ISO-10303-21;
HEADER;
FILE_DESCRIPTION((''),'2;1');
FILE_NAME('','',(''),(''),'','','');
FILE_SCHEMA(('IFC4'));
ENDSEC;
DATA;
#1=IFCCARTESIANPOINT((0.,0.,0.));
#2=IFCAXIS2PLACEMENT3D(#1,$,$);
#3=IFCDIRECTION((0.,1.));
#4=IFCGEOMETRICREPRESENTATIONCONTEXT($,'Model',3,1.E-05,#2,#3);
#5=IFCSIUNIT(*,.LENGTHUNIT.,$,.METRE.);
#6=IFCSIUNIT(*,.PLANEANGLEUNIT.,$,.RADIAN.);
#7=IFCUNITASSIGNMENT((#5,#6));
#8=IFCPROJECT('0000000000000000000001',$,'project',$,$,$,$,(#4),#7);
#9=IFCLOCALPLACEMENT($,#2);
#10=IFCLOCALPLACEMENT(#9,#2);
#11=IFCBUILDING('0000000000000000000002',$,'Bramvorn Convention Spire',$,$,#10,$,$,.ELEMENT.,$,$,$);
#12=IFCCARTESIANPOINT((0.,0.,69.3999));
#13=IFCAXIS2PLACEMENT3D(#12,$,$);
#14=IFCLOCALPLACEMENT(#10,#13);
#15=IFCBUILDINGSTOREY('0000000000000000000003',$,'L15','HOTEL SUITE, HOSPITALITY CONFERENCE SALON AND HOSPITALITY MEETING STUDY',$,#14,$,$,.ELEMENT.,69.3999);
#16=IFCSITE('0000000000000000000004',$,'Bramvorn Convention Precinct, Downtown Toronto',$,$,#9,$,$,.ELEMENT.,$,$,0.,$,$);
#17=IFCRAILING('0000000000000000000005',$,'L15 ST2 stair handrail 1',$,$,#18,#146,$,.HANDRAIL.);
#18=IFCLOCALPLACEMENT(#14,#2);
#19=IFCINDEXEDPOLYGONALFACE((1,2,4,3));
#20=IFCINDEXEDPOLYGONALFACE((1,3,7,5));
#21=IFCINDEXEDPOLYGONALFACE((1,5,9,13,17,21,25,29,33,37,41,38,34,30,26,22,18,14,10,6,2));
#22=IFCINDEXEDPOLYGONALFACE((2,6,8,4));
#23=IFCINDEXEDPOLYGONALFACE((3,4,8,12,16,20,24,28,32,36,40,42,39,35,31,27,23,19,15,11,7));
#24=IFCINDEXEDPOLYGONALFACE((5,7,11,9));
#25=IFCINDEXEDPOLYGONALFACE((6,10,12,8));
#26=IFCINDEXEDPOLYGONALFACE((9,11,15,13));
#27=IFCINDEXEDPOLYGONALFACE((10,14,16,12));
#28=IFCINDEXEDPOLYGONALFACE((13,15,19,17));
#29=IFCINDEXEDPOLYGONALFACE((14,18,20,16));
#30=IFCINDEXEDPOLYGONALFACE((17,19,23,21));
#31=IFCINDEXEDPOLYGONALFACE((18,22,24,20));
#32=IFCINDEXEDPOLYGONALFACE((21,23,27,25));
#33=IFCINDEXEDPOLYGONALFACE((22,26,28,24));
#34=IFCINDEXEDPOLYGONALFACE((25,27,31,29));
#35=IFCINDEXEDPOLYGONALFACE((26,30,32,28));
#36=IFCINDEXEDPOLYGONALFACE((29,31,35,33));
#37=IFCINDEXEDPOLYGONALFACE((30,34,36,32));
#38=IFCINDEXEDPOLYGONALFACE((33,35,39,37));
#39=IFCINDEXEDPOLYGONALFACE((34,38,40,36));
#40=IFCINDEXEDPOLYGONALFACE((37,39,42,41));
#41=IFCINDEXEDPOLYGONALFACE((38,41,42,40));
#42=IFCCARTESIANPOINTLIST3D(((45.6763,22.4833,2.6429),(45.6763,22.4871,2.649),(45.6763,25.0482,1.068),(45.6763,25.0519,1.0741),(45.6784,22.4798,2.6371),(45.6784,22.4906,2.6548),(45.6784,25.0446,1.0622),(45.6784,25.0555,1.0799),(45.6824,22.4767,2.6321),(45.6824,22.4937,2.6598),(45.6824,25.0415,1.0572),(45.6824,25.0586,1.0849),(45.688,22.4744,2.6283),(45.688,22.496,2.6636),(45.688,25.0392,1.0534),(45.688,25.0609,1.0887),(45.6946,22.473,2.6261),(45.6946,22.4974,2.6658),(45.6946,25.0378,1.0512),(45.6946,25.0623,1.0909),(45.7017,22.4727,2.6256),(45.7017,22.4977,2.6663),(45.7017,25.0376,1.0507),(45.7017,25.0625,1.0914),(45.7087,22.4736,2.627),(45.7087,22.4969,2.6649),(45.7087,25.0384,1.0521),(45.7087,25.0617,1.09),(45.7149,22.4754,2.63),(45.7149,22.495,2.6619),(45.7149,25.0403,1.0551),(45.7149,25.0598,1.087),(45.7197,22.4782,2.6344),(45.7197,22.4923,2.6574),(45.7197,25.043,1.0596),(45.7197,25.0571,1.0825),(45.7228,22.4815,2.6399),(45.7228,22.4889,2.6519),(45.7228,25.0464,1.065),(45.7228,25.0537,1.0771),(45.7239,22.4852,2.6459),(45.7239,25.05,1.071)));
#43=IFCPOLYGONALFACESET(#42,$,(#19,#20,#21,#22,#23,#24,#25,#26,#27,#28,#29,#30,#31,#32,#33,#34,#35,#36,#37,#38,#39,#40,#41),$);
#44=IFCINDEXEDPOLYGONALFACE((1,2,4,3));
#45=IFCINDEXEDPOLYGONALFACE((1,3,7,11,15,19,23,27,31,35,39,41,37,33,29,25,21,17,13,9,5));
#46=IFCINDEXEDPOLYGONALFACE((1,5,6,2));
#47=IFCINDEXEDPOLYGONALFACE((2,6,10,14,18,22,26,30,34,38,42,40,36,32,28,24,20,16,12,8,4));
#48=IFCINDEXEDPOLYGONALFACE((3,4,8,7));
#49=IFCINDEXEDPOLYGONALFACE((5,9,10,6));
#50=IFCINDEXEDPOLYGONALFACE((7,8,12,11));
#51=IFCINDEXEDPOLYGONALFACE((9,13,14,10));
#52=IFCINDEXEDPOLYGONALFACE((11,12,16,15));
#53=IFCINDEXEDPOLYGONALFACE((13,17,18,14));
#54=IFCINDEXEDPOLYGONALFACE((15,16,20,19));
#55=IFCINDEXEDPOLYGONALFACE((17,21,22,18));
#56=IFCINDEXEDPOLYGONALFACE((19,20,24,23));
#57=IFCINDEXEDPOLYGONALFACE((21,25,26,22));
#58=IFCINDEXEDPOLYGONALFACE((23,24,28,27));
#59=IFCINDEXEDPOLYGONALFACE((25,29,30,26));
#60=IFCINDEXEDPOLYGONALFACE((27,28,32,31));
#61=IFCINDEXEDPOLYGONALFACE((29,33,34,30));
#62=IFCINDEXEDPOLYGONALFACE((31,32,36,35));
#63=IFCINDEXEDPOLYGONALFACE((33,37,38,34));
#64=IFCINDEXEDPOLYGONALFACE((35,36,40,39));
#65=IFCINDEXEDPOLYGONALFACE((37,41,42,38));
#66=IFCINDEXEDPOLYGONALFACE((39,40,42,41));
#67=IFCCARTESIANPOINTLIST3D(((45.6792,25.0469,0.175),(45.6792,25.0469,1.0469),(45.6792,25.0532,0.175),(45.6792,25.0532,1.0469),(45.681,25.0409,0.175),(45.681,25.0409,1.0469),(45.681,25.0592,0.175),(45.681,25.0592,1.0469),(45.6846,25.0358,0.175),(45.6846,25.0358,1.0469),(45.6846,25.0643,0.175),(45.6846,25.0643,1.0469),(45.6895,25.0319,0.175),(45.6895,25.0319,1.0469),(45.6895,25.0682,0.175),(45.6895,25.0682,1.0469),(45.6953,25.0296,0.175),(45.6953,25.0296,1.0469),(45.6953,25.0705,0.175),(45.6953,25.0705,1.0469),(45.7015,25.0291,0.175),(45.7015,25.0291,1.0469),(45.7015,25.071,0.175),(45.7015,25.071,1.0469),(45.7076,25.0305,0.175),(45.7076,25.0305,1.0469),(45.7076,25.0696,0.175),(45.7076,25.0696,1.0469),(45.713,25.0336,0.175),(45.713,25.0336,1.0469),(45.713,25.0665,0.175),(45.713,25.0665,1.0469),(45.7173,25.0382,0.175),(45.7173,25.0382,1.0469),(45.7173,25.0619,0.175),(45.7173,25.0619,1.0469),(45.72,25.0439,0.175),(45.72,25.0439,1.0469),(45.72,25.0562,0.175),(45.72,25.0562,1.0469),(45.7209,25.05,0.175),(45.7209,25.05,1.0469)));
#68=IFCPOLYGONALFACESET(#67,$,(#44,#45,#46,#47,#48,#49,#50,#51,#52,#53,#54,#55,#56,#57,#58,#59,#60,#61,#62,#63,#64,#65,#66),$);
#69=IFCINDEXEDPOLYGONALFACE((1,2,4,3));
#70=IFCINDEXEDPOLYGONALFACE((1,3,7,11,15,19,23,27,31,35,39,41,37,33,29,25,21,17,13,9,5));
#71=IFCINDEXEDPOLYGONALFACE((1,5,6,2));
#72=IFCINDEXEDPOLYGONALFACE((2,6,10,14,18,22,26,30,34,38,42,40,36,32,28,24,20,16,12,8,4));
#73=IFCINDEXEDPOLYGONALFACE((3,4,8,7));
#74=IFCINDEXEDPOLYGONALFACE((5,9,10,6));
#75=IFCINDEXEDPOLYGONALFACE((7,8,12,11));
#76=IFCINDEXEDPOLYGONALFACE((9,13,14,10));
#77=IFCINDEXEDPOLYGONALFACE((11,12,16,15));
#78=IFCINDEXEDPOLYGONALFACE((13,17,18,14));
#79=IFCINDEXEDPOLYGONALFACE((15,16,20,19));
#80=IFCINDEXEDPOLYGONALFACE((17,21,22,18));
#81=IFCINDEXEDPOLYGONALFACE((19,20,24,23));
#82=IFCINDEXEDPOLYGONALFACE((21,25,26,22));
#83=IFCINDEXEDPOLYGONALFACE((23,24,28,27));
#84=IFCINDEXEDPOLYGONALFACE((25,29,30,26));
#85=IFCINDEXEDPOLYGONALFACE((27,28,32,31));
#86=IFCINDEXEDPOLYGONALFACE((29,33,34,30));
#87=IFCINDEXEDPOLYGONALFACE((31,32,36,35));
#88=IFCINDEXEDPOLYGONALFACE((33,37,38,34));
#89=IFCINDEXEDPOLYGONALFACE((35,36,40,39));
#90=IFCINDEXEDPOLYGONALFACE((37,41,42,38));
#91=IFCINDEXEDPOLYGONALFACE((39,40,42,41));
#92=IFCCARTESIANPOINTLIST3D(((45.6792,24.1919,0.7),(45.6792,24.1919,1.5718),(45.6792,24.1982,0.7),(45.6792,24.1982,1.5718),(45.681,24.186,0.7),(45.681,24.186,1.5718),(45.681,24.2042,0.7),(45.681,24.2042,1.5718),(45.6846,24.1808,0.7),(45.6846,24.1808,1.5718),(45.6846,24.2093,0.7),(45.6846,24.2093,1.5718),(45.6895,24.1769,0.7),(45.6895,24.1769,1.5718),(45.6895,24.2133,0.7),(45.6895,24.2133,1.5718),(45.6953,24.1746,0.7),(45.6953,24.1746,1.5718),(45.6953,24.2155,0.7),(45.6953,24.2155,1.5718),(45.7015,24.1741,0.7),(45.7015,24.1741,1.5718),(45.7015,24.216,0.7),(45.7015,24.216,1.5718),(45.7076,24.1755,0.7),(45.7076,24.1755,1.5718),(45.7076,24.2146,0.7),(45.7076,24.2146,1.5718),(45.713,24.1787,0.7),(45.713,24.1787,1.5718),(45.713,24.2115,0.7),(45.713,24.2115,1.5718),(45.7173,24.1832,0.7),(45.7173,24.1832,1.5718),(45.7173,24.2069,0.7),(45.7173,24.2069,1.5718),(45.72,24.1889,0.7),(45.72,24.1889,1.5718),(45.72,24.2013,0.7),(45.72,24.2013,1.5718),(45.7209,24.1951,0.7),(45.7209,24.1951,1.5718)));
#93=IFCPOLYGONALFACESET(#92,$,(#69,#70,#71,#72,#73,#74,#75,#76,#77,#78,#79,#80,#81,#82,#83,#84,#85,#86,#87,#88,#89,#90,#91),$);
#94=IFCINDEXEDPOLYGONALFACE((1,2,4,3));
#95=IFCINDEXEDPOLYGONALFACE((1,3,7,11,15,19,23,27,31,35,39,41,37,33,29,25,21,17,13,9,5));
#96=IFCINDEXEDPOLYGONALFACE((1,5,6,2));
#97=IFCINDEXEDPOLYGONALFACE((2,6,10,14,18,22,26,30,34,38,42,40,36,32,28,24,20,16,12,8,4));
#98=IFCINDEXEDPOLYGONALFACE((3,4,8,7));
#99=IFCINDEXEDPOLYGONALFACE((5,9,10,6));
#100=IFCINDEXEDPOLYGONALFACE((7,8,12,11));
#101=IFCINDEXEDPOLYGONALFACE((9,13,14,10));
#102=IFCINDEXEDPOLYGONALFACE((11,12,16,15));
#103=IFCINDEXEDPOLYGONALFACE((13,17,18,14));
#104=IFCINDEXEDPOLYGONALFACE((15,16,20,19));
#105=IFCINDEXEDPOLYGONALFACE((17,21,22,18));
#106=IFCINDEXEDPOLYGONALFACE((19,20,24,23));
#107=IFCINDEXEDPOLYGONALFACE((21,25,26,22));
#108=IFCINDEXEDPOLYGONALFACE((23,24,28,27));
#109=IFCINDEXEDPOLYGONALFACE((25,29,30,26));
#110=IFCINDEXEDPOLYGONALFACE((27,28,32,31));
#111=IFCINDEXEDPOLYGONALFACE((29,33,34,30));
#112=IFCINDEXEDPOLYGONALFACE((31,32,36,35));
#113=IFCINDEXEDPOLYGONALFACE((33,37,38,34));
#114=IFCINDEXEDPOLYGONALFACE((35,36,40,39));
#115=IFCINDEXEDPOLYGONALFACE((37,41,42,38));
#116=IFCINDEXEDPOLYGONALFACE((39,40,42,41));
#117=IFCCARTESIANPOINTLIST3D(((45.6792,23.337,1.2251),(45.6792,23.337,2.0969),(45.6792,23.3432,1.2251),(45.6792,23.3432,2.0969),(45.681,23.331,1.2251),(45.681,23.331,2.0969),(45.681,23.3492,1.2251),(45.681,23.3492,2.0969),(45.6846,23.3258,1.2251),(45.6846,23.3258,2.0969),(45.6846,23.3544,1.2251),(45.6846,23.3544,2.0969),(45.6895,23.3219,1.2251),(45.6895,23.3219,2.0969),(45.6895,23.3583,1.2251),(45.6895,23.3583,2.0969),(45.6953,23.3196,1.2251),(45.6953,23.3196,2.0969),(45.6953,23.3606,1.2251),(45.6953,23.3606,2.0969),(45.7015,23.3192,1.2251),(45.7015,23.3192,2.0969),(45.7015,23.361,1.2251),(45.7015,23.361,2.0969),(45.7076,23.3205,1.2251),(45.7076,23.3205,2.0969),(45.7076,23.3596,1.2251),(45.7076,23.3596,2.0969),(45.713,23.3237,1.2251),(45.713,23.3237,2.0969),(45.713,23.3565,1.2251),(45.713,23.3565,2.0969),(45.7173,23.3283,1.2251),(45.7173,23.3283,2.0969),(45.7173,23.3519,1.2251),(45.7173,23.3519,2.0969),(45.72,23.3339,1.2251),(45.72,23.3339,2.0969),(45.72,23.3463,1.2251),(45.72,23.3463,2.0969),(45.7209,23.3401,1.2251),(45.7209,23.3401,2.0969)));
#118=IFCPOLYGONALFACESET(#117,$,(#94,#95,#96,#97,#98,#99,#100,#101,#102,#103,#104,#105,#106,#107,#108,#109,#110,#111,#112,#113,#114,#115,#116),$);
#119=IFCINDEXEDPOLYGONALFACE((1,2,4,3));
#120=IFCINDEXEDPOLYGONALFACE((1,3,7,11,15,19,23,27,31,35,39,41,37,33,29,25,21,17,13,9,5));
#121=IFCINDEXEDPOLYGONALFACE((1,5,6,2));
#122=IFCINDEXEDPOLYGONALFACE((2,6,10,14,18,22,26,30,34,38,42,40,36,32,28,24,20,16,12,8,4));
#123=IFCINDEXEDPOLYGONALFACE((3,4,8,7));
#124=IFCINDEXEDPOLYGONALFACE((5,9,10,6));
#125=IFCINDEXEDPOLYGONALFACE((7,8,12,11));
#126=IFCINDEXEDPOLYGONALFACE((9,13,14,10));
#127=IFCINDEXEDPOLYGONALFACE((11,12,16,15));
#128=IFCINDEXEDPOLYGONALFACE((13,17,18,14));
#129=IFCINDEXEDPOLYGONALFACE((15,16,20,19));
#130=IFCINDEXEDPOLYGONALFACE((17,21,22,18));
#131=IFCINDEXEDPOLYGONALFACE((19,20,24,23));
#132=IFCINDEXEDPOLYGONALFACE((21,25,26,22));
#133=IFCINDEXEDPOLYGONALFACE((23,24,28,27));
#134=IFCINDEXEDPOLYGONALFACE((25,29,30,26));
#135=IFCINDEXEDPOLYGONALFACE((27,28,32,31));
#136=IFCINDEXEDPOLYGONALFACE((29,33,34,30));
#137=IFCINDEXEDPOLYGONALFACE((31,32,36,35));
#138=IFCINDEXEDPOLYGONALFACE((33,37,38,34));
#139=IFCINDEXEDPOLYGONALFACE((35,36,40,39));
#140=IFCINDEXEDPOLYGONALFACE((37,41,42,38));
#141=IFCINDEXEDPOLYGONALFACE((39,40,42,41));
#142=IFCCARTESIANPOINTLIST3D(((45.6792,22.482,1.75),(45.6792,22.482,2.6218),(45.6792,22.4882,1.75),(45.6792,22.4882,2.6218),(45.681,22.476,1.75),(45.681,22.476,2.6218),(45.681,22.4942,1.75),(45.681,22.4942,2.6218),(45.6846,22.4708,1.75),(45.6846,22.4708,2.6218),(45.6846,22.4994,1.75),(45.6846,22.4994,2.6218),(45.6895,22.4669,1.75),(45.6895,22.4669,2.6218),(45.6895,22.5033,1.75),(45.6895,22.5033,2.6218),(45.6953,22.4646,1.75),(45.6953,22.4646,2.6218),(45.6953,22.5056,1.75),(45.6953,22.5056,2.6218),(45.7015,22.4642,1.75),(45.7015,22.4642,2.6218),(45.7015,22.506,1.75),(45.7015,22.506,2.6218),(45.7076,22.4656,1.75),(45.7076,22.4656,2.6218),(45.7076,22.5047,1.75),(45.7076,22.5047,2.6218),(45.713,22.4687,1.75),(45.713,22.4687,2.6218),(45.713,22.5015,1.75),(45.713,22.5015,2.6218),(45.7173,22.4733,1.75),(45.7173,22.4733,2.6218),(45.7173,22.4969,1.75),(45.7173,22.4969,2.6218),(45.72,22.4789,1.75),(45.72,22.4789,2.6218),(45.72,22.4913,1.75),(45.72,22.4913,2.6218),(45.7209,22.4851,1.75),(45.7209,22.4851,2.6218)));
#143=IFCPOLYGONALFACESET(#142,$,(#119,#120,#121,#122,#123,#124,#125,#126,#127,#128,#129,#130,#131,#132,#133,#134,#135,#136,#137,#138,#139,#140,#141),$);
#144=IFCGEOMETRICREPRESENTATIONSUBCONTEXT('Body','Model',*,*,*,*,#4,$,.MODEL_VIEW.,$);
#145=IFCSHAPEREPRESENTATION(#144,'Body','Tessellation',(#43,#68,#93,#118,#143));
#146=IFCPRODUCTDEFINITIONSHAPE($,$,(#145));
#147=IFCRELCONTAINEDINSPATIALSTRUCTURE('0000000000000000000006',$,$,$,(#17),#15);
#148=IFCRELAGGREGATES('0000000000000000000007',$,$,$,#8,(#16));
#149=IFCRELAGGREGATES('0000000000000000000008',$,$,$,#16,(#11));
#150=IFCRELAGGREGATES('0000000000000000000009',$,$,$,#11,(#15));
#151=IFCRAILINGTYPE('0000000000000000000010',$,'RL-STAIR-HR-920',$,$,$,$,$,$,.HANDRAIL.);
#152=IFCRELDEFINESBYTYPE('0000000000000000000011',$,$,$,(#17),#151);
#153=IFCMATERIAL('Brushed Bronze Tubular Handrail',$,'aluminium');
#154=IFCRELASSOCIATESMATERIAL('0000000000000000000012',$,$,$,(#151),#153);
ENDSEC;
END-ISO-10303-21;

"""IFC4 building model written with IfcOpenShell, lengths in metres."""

from ifc_helpers import new_model, si_unit, direction, frame, origin, origin_2d, place, context, subcontext, project, spatial, circle, extrude, material, type_object, element, save


model = new_model("IFC4")

# Units and contexts
model_context = context("Model", 3, precision=1e-05, world=origin(), true_north=direction((0.0, 1.0)))
body_context = subcontext(model_context, "Body", "Model", "MODEL_VIEW")
ifc_project = project(units=[si_unit("LENGTHUNIT", "METRE"), si_unit("PLANEANGLEUNIT", "RADIAN")], contexts=[model_context])

# Site, building, storey
site_placement = place(None, origin())
site = spatial("IfcSite", under=ifc_project, at=site_placement, Name="Bramvorn Convention Precinct, Downtown Toronto", CompositionType="ELEMENT", RefElevation=0.0)
building_placement = place(site_placement, origin())
building = spatial("IfcBuilding", under=site, at=building_placement, Name="Bramvorn Convention Spire", CompositionType="ELEMENT")
storey_placement = place(building_placement, frame((0.0, 0.0, 69.3999)))
storey = spatial("IfcBuildingStorey", under=building, at=storey_placement, Name="L15", Description="HOTEL SUITE, HOSPITALITY CONFERENCE SALON AND HOSPITALITY MEETING STUDY", CompositionType="ELEMENT", Elevation=69.3999)

# Railing
ifc_material_1 = material(Name="Brushed Bronze Tubular Handrail", Category="aluminium")
railing_type_1 = type_object("IfcRailingType", Name="RL-STAIR-HR-920", PredefinedType="HANDRAIL", material=ifc_material_1)
railing_1_placement = place(storey_placement, frame((45.7, 25.05, 0.175)))
element("IfcRailing", 1, at=railing_1_placement, inside=storey, type_object=railing_type_1, Name="L15 ST2 stair handrail 1", PredefinedType="HANDRAIL", context=body_context, shape_type="SweptSolid", body=[
    extrude(circle(Radius=0.0239, at=origin_2d()), frame((0.0, 0.0, 0.896), z_axis=(0.0, -0.852173, 0.52326), x_axis=(1.0, 0.0, 0.0)), (0.0, 0.0, 1.0), 3.0098),
    extrude(circle(Radius=0.021, at=origin_2d()), origin(), (0.0, 0.0, 1.0), 0.8718),
    extrude(circle(Radius=0.021, at=origin_2d()), frame((0.0, -0.855, 0.5249)), (0.0, 0.0, 1.0), 0.8718),
    extrude(circle(Radius=0.021, at=origin_2d()), frame((0.0, -1.71, 1.05)), (0.0, 0.0, 1.0), 0.8718),
    extrude(circle(Radius=0.021, at=origin_2d()), frame((0.0, -2.5649, 1.575)), (0.0, 0.0, 1.0), 0.8718),
])

save(model, "model.ifc")
